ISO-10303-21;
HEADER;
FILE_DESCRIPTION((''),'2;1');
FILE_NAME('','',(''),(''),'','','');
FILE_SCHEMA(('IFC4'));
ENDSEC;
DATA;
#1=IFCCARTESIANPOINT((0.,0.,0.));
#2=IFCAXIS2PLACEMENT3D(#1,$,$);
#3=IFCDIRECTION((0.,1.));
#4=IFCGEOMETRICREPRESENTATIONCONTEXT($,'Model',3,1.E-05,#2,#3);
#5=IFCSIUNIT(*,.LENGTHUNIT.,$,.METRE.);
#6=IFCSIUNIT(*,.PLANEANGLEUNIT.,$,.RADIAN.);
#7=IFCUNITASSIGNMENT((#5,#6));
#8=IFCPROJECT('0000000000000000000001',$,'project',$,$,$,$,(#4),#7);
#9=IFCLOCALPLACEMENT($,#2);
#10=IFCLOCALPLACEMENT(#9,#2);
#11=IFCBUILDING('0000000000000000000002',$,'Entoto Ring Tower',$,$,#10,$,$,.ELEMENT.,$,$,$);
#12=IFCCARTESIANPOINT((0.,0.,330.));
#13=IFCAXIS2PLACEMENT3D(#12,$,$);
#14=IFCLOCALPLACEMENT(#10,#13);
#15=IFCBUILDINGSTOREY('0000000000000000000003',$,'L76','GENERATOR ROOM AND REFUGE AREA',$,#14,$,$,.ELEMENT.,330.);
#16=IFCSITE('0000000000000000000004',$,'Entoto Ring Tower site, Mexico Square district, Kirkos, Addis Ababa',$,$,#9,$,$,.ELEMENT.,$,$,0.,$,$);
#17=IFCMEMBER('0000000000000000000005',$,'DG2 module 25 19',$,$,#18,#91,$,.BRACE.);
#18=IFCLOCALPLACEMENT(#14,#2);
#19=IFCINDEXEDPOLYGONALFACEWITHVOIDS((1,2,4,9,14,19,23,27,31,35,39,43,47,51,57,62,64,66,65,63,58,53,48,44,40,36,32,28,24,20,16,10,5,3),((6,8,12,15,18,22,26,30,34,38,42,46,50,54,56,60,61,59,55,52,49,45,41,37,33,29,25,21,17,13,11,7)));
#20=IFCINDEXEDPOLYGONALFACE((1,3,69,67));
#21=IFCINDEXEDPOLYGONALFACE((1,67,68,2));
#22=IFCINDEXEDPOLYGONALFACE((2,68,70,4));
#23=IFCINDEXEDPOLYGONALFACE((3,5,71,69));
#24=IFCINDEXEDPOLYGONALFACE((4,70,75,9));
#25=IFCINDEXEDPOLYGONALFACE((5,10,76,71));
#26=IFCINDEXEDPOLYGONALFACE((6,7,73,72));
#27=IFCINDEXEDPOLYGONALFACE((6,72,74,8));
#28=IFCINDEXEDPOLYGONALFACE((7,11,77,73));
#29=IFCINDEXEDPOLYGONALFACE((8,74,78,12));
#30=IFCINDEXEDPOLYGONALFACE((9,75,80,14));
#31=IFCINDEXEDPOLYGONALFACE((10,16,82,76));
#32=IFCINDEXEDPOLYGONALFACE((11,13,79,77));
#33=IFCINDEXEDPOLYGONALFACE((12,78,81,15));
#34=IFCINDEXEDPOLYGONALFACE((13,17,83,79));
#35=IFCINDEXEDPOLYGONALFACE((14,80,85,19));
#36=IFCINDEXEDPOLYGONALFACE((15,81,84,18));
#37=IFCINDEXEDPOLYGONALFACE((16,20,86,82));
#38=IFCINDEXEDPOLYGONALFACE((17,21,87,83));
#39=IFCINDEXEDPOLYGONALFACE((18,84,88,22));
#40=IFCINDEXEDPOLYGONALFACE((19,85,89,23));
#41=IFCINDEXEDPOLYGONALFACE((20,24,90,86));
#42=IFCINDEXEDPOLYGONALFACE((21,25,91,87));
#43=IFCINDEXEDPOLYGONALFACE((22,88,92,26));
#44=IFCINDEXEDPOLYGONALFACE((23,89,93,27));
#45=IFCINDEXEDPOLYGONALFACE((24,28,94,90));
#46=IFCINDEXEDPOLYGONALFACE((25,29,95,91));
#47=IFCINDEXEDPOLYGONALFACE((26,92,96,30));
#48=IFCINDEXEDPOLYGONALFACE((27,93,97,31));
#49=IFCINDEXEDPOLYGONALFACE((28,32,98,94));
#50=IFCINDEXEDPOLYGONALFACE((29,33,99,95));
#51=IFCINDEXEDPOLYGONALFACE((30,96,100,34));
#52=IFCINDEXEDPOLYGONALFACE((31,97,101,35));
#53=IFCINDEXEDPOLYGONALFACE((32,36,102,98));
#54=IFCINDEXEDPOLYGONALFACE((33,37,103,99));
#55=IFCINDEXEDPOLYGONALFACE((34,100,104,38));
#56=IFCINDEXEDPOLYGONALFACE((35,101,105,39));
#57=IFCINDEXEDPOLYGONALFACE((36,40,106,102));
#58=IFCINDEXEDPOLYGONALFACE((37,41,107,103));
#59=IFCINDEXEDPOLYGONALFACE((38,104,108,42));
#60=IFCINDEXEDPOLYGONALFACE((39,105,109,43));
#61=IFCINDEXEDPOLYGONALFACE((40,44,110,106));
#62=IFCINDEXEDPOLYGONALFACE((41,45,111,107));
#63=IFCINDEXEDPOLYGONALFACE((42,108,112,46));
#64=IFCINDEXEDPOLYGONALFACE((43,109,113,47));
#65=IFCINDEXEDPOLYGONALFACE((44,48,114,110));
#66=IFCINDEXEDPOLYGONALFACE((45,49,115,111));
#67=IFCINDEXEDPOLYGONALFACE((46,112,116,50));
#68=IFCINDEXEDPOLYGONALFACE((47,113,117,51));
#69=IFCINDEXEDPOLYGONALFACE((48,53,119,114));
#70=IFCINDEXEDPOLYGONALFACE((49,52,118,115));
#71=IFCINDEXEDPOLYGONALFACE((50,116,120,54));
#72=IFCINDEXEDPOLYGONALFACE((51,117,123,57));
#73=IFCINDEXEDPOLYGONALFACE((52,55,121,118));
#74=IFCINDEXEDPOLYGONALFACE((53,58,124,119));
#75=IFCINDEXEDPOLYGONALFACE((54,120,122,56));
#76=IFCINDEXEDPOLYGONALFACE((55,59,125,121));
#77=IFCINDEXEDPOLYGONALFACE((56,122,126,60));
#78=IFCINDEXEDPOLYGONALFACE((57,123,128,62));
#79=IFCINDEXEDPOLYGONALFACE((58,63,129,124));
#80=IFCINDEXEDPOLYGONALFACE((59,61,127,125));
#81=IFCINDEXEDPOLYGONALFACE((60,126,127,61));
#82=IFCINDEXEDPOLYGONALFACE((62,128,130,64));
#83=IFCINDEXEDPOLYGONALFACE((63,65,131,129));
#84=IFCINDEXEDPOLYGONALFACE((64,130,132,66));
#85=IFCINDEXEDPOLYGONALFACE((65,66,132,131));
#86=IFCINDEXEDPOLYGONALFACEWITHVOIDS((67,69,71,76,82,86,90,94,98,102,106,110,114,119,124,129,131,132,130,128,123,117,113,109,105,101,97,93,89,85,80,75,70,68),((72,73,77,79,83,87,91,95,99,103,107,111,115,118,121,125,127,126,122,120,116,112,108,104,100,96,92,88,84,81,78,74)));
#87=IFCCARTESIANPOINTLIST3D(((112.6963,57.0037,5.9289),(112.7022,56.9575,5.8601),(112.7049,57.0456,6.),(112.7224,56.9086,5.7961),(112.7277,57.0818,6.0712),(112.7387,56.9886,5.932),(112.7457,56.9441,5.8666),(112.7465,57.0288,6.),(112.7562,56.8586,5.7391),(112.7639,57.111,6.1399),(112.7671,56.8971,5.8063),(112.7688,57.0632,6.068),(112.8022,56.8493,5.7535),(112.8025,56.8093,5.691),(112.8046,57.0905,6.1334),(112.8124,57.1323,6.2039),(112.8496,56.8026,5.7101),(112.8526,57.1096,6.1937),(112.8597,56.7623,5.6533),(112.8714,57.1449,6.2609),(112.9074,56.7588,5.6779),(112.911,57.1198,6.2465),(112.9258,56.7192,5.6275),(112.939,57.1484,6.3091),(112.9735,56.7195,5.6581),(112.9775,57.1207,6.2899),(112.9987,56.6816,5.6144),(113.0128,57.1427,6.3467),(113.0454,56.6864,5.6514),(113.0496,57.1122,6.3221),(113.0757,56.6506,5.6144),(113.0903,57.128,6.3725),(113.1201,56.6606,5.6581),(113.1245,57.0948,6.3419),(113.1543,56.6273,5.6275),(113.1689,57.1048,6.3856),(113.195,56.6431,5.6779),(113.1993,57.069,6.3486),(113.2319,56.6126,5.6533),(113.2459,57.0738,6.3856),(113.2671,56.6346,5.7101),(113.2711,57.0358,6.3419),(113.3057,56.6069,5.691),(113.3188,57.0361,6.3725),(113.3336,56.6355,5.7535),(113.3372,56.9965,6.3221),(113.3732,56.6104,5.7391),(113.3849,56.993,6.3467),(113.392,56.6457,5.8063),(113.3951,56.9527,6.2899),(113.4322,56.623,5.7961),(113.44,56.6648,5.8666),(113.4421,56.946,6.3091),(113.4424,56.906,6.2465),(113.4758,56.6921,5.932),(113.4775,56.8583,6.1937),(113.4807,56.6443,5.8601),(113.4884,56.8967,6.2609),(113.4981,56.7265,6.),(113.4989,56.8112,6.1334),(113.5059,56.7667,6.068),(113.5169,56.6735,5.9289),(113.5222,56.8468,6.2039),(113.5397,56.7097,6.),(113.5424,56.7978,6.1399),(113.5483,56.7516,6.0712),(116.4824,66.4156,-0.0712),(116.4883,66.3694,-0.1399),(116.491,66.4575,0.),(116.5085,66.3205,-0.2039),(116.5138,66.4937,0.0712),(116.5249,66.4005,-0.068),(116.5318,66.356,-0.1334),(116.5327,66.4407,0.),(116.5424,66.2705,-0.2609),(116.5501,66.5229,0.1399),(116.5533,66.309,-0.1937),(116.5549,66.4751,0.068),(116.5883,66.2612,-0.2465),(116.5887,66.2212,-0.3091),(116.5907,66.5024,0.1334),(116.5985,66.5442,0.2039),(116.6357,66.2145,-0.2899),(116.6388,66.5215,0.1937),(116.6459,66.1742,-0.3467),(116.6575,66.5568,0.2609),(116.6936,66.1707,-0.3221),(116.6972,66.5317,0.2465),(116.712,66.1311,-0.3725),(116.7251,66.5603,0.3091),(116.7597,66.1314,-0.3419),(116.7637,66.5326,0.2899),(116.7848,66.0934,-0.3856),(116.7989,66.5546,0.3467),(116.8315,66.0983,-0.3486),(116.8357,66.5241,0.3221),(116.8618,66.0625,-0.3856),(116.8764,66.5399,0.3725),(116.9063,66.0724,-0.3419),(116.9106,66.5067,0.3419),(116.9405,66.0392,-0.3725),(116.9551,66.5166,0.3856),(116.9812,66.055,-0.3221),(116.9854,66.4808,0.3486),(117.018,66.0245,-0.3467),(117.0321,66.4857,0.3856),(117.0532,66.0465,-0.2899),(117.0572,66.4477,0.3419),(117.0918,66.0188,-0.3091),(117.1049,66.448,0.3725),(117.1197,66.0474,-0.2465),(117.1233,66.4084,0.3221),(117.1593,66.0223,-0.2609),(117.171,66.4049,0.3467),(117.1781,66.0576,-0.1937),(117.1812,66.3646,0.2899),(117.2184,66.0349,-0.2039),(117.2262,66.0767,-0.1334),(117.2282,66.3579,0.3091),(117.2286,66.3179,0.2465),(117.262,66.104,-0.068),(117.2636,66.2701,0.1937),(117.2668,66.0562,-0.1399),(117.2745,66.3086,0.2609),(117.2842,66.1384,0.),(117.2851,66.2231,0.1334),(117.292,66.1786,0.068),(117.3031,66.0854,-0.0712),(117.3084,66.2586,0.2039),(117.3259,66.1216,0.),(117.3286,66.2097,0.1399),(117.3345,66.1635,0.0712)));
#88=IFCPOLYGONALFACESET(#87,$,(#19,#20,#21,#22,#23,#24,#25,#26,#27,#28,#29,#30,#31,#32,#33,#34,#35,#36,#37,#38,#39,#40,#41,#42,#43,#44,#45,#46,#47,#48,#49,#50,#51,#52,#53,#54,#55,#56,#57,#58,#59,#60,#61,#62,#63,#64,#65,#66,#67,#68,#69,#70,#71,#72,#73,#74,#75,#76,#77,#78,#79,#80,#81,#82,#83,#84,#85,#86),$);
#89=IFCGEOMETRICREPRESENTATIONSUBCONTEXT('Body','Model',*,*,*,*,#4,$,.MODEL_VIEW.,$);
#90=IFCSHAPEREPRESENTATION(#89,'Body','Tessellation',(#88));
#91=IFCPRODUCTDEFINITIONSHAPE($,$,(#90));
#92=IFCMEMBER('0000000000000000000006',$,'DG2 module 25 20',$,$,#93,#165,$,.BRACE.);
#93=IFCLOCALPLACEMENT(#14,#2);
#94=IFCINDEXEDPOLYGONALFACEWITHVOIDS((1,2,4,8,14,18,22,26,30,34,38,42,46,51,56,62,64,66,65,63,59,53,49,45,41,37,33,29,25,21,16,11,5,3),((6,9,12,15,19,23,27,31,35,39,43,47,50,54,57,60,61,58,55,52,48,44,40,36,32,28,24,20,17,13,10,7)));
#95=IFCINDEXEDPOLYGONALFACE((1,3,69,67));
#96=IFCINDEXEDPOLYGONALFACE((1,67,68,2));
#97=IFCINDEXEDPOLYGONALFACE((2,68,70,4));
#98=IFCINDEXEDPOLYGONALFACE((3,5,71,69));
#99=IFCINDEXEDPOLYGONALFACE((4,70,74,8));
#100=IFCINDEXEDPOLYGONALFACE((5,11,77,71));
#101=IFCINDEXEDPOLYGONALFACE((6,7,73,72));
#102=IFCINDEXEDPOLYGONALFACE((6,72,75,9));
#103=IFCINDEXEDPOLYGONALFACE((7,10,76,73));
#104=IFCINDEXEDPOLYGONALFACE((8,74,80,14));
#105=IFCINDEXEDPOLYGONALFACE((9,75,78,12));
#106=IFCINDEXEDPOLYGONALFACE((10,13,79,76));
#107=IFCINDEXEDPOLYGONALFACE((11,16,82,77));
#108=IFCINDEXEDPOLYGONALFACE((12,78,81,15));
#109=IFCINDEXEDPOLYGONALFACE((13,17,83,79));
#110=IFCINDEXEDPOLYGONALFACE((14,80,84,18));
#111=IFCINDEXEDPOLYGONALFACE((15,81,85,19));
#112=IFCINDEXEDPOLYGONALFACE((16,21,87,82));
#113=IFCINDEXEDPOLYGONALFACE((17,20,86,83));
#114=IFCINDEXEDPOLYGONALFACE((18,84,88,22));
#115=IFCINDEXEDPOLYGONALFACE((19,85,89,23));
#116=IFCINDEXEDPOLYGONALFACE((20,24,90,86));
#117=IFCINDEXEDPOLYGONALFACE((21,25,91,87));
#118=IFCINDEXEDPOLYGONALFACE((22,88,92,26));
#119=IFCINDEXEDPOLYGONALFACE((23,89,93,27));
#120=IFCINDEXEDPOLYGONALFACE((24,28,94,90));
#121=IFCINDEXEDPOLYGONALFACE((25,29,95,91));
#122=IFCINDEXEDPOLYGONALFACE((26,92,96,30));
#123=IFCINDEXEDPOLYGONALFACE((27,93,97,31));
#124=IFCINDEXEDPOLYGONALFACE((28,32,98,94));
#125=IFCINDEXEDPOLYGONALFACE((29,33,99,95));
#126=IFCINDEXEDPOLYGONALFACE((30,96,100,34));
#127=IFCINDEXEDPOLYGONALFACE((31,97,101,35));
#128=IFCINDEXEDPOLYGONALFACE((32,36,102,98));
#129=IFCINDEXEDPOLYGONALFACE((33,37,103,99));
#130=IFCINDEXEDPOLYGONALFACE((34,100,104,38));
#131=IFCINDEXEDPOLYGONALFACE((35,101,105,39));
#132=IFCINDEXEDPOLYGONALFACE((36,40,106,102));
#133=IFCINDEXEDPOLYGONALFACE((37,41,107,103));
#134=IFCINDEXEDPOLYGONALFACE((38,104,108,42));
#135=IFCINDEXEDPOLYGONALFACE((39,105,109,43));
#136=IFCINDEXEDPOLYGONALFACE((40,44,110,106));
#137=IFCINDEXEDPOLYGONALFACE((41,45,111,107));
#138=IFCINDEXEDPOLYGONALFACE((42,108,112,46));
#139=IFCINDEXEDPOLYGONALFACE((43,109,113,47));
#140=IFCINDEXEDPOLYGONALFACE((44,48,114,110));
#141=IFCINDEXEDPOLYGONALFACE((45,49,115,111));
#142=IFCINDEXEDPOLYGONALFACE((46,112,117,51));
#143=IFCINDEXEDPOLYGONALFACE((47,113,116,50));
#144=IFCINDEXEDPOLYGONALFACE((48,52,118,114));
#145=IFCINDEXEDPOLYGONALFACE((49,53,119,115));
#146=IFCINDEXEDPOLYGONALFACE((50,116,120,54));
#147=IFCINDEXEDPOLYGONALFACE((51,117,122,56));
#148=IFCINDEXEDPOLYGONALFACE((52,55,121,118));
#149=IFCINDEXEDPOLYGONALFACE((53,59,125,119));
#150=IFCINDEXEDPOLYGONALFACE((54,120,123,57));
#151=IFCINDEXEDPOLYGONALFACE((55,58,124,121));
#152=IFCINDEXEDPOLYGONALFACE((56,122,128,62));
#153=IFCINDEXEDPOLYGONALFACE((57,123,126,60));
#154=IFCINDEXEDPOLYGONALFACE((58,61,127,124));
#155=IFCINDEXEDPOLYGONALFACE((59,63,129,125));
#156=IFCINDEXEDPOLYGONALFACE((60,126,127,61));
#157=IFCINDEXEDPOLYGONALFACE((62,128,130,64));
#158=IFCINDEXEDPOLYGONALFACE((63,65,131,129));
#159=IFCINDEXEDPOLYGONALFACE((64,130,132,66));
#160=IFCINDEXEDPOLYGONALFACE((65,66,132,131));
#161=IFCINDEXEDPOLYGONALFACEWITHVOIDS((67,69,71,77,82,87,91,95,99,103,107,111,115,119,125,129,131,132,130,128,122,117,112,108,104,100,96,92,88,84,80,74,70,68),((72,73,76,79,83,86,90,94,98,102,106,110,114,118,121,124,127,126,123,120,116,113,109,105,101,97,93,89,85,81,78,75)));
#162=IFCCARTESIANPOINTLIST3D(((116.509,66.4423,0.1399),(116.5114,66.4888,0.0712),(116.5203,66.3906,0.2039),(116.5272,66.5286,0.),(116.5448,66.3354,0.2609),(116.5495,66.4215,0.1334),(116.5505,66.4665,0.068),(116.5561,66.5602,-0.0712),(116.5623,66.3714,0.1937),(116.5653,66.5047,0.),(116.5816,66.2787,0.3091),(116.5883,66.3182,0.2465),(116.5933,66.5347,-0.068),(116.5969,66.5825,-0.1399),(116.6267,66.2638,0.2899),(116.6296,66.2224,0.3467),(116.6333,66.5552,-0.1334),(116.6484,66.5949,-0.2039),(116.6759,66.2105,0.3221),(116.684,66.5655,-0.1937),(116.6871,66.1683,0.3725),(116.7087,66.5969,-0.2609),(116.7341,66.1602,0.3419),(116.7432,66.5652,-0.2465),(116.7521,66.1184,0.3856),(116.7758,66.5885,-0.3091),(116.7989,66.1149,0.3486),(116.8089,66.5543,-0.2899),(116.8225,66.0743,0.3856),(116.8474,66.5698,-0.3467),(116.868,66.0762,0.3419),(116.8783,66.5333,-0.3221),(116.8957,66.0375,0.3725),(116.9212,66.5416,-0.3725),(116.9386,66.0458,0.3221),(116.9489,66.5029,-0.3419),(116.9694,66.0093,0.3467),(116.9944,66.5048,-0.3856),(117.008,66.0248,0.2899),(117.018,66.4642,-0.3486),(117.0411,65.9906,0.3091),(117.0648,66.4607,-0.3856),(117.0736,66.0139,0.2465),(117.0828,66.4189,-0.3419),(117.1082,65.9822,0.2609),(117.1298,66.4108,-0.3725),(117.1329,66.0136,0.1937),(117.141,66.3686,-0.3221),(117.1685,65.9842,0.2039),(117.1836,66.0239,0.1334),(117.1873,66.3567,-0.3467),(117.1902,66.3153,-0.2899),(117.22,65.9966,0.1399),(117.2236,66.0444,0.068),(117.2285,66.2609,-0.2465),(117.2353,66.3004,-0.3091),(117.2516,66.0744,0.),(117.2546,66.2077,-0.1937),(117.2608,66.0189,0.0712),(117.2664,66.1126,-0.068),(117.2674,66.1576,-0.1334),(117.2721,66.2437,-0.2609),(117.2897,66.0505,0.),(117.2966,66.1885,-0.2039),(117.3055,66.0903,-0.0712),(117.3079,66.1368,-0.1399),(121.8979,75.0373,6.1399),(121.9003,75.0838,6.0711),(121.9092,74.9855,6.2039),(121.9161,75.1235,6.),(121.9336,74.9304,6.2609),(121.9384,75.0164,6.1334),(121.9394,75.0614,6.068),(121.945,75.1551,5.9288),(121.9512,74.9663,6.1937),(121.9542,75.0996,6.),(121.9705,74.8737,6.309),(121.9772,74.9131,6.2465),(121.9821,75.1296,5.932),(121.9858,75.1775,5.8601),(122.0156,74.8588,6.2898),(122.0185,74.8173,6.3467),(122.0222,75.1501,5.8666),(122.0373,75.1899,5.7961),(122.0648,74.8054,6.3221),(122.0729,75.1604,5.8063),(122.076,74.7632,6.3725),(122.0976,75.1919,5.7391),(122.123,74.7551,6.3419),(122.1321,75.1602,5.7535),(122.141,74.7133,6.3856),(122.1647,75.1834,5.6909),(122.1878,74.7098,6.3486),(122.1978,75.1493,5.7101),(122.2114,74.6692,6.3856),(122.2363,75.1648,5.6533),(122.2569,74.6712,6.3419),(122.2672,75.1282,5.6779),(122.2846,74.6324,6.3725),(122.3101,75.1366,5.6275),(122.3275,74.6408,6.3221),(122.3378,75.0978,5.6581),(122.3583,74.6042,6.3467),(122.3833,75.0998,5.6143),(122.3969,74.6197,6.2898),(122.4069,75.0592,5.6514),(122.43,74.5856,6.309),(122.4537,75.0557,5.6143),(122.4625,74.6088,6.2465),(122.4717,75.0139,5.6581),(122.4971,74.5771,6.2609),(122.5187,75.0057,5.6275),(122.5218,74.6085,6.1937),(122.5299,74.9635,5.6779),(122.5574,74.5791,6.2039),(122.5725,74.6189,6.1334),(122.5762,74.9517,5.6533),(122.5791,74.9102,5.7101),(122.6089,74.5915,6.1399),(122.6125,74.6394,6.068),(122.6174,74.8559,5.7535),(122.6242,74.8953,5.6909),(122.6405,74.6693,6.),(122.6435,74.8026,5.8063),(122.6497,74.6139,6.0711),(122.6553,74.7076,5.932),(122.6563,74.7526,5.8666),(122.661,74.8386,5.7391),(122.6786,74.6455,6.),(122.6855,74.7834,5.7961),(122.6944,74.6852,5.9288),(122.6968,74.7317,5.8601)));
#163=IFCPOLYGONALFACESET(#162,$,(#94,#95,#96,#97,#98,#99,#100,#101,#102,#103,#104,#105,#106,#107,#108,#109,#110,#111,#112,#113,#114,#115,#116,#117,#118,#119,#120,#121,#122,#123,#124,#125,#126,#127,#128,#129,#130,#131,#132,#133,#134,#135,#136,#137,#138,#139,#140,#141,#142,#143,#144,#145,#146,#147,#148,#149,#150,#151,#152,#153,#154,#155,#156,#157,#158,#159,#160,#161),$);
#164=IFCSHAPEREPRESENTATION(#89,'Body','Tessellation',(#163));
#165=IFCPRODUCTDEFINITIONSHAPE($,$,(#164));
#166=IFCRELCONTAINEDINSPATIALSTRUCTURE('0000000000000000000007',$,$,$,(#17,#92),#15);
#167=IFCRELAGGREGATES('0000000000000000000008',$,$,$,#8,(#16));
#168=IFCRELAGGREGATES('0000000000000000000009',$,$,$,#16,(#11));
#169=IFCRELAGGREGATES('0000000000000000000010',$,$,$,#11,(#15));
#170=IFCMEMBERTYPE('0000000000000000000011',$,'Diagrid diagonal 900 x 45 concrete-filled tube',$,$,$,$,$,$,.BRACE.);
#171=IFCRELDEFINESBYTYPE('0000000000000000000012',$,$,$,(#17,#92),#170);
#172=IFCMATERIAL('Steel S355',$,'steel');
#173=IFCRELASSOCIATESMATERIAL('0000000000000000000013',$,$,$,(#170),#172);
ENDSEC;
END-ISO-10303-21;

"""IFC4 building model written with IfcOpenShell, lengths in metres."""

from ifc_helpers import new_model, si_unit, direction, frame, origin, origin_2d, place, context, subcontext, project, spatial, circle, hollow_circle, extrude, material, material_profile, profile_set, type_object, element, save


model = new_model("IFC4")

# Units and contexts
model_context = context("Model", 3, precision=1e-05, world=origin(), true_north=direction((0.0, 1.0)))
body_context = subcontext(model_context, "Body", "Model", "MODEL_VIEW")
ifc_project = project(units=[si_unit("LENGTHUNIT", "METRE"), si_unit("PLANEANGLEUNIT", "RADIAN")], contexts=[model_context])

# Site, building, storey
site_placement = place(None, origin())
site = spatial("IfcSite", under=ifc_project, at=site_placement, Name="Entoto Ring Tower site, Mexico Square district, Kirkos, Addis Ababa", CompositionType="ELEMENT", RefElevation=0.0)
building_placement = place(site_placement, origin())
building = spatial("IfcBuilding", under=site, at=building_placement, Name="Entoto Ring Tower", CompositionType="ELEMENT")
storey_placement = place(building_placement, frame((0.0, 0.0, 330.0)))
storey = spatial("IfcBuildingStorey", under=building, at=storey_placement, Name="L76", Description="GENERATOR ROOM AND REFUGE AREA", CompositionType="ELEMENT", Elevation=330.0)

# Members
ifc_material_1 = material(Name="Steel S355", Category="steel")
ifc_material_profile_1 = material_profile(ifc_material_1, hollow_circle(Radius=0.45, WallThickness=0.0449, at=origin_2d()), Name="CHS 900 x 45")
ifc_material_2 = material(Name="Concrete C60/75", Category="concrete")
ifc_material_profile_2 = material_profile(ifc_material_2, circle(Radius=0.405, at=origin_2d()), Name="Concrete C60/75 infill")
ifc_profile_set_1 = profile_set([ifc_material_profile_1, ifc_material_profile_2], Name="Steel S355")
member_type_1 = type_object("IfcMemberType", Name="Diagrid diagonal 900 x 45 concrete-filled tube", PredefinedType="BRACE", material=ifc_profile_set_1)
member_1_placement = place(storey_placement, frame((116.9084, 66.2896, 0.0), z_axis=(-0.32123, -0.79854, 0.509064), x_axis=(0.927748, -0.373207, 0.0)))
element("IfcMember", 1, at=member_1_placement, inside=storey, type_object=member_type_1, Name="DG2 module 25 19", PredefinedType="BRACE", context=body_context, shape_type="SweptSolid", body=[
    extrude(hollow_circle(Radius=0.45, WallThickness=0.0449, at=origin_2d()), origin(), (0.0, 0.0, 1.0), 11.7864),
])
member_2_placement = place(storey_placement, frame((116.9084, 66.2896, 0.0), z_axis=(0.457223, 0.729242, 0.509071), x_axis=(-0.847242, 0.531208, 0.0)))
element("IfcMember", 2, at=member_2_placement, inside=storey, type_object=member_type_1, Name="DG2 module 25 20", PredefinedType="BRACE", context=body_context, shape_type="SweptSolid", body=[
    extrude(hollow_circle(Radius=0.45, WallThickness=0.0449, at=origin_2d()), origin(), (0.0, 0.0, 1.0), 11.7861),
])

save(model, "model.ifc")
